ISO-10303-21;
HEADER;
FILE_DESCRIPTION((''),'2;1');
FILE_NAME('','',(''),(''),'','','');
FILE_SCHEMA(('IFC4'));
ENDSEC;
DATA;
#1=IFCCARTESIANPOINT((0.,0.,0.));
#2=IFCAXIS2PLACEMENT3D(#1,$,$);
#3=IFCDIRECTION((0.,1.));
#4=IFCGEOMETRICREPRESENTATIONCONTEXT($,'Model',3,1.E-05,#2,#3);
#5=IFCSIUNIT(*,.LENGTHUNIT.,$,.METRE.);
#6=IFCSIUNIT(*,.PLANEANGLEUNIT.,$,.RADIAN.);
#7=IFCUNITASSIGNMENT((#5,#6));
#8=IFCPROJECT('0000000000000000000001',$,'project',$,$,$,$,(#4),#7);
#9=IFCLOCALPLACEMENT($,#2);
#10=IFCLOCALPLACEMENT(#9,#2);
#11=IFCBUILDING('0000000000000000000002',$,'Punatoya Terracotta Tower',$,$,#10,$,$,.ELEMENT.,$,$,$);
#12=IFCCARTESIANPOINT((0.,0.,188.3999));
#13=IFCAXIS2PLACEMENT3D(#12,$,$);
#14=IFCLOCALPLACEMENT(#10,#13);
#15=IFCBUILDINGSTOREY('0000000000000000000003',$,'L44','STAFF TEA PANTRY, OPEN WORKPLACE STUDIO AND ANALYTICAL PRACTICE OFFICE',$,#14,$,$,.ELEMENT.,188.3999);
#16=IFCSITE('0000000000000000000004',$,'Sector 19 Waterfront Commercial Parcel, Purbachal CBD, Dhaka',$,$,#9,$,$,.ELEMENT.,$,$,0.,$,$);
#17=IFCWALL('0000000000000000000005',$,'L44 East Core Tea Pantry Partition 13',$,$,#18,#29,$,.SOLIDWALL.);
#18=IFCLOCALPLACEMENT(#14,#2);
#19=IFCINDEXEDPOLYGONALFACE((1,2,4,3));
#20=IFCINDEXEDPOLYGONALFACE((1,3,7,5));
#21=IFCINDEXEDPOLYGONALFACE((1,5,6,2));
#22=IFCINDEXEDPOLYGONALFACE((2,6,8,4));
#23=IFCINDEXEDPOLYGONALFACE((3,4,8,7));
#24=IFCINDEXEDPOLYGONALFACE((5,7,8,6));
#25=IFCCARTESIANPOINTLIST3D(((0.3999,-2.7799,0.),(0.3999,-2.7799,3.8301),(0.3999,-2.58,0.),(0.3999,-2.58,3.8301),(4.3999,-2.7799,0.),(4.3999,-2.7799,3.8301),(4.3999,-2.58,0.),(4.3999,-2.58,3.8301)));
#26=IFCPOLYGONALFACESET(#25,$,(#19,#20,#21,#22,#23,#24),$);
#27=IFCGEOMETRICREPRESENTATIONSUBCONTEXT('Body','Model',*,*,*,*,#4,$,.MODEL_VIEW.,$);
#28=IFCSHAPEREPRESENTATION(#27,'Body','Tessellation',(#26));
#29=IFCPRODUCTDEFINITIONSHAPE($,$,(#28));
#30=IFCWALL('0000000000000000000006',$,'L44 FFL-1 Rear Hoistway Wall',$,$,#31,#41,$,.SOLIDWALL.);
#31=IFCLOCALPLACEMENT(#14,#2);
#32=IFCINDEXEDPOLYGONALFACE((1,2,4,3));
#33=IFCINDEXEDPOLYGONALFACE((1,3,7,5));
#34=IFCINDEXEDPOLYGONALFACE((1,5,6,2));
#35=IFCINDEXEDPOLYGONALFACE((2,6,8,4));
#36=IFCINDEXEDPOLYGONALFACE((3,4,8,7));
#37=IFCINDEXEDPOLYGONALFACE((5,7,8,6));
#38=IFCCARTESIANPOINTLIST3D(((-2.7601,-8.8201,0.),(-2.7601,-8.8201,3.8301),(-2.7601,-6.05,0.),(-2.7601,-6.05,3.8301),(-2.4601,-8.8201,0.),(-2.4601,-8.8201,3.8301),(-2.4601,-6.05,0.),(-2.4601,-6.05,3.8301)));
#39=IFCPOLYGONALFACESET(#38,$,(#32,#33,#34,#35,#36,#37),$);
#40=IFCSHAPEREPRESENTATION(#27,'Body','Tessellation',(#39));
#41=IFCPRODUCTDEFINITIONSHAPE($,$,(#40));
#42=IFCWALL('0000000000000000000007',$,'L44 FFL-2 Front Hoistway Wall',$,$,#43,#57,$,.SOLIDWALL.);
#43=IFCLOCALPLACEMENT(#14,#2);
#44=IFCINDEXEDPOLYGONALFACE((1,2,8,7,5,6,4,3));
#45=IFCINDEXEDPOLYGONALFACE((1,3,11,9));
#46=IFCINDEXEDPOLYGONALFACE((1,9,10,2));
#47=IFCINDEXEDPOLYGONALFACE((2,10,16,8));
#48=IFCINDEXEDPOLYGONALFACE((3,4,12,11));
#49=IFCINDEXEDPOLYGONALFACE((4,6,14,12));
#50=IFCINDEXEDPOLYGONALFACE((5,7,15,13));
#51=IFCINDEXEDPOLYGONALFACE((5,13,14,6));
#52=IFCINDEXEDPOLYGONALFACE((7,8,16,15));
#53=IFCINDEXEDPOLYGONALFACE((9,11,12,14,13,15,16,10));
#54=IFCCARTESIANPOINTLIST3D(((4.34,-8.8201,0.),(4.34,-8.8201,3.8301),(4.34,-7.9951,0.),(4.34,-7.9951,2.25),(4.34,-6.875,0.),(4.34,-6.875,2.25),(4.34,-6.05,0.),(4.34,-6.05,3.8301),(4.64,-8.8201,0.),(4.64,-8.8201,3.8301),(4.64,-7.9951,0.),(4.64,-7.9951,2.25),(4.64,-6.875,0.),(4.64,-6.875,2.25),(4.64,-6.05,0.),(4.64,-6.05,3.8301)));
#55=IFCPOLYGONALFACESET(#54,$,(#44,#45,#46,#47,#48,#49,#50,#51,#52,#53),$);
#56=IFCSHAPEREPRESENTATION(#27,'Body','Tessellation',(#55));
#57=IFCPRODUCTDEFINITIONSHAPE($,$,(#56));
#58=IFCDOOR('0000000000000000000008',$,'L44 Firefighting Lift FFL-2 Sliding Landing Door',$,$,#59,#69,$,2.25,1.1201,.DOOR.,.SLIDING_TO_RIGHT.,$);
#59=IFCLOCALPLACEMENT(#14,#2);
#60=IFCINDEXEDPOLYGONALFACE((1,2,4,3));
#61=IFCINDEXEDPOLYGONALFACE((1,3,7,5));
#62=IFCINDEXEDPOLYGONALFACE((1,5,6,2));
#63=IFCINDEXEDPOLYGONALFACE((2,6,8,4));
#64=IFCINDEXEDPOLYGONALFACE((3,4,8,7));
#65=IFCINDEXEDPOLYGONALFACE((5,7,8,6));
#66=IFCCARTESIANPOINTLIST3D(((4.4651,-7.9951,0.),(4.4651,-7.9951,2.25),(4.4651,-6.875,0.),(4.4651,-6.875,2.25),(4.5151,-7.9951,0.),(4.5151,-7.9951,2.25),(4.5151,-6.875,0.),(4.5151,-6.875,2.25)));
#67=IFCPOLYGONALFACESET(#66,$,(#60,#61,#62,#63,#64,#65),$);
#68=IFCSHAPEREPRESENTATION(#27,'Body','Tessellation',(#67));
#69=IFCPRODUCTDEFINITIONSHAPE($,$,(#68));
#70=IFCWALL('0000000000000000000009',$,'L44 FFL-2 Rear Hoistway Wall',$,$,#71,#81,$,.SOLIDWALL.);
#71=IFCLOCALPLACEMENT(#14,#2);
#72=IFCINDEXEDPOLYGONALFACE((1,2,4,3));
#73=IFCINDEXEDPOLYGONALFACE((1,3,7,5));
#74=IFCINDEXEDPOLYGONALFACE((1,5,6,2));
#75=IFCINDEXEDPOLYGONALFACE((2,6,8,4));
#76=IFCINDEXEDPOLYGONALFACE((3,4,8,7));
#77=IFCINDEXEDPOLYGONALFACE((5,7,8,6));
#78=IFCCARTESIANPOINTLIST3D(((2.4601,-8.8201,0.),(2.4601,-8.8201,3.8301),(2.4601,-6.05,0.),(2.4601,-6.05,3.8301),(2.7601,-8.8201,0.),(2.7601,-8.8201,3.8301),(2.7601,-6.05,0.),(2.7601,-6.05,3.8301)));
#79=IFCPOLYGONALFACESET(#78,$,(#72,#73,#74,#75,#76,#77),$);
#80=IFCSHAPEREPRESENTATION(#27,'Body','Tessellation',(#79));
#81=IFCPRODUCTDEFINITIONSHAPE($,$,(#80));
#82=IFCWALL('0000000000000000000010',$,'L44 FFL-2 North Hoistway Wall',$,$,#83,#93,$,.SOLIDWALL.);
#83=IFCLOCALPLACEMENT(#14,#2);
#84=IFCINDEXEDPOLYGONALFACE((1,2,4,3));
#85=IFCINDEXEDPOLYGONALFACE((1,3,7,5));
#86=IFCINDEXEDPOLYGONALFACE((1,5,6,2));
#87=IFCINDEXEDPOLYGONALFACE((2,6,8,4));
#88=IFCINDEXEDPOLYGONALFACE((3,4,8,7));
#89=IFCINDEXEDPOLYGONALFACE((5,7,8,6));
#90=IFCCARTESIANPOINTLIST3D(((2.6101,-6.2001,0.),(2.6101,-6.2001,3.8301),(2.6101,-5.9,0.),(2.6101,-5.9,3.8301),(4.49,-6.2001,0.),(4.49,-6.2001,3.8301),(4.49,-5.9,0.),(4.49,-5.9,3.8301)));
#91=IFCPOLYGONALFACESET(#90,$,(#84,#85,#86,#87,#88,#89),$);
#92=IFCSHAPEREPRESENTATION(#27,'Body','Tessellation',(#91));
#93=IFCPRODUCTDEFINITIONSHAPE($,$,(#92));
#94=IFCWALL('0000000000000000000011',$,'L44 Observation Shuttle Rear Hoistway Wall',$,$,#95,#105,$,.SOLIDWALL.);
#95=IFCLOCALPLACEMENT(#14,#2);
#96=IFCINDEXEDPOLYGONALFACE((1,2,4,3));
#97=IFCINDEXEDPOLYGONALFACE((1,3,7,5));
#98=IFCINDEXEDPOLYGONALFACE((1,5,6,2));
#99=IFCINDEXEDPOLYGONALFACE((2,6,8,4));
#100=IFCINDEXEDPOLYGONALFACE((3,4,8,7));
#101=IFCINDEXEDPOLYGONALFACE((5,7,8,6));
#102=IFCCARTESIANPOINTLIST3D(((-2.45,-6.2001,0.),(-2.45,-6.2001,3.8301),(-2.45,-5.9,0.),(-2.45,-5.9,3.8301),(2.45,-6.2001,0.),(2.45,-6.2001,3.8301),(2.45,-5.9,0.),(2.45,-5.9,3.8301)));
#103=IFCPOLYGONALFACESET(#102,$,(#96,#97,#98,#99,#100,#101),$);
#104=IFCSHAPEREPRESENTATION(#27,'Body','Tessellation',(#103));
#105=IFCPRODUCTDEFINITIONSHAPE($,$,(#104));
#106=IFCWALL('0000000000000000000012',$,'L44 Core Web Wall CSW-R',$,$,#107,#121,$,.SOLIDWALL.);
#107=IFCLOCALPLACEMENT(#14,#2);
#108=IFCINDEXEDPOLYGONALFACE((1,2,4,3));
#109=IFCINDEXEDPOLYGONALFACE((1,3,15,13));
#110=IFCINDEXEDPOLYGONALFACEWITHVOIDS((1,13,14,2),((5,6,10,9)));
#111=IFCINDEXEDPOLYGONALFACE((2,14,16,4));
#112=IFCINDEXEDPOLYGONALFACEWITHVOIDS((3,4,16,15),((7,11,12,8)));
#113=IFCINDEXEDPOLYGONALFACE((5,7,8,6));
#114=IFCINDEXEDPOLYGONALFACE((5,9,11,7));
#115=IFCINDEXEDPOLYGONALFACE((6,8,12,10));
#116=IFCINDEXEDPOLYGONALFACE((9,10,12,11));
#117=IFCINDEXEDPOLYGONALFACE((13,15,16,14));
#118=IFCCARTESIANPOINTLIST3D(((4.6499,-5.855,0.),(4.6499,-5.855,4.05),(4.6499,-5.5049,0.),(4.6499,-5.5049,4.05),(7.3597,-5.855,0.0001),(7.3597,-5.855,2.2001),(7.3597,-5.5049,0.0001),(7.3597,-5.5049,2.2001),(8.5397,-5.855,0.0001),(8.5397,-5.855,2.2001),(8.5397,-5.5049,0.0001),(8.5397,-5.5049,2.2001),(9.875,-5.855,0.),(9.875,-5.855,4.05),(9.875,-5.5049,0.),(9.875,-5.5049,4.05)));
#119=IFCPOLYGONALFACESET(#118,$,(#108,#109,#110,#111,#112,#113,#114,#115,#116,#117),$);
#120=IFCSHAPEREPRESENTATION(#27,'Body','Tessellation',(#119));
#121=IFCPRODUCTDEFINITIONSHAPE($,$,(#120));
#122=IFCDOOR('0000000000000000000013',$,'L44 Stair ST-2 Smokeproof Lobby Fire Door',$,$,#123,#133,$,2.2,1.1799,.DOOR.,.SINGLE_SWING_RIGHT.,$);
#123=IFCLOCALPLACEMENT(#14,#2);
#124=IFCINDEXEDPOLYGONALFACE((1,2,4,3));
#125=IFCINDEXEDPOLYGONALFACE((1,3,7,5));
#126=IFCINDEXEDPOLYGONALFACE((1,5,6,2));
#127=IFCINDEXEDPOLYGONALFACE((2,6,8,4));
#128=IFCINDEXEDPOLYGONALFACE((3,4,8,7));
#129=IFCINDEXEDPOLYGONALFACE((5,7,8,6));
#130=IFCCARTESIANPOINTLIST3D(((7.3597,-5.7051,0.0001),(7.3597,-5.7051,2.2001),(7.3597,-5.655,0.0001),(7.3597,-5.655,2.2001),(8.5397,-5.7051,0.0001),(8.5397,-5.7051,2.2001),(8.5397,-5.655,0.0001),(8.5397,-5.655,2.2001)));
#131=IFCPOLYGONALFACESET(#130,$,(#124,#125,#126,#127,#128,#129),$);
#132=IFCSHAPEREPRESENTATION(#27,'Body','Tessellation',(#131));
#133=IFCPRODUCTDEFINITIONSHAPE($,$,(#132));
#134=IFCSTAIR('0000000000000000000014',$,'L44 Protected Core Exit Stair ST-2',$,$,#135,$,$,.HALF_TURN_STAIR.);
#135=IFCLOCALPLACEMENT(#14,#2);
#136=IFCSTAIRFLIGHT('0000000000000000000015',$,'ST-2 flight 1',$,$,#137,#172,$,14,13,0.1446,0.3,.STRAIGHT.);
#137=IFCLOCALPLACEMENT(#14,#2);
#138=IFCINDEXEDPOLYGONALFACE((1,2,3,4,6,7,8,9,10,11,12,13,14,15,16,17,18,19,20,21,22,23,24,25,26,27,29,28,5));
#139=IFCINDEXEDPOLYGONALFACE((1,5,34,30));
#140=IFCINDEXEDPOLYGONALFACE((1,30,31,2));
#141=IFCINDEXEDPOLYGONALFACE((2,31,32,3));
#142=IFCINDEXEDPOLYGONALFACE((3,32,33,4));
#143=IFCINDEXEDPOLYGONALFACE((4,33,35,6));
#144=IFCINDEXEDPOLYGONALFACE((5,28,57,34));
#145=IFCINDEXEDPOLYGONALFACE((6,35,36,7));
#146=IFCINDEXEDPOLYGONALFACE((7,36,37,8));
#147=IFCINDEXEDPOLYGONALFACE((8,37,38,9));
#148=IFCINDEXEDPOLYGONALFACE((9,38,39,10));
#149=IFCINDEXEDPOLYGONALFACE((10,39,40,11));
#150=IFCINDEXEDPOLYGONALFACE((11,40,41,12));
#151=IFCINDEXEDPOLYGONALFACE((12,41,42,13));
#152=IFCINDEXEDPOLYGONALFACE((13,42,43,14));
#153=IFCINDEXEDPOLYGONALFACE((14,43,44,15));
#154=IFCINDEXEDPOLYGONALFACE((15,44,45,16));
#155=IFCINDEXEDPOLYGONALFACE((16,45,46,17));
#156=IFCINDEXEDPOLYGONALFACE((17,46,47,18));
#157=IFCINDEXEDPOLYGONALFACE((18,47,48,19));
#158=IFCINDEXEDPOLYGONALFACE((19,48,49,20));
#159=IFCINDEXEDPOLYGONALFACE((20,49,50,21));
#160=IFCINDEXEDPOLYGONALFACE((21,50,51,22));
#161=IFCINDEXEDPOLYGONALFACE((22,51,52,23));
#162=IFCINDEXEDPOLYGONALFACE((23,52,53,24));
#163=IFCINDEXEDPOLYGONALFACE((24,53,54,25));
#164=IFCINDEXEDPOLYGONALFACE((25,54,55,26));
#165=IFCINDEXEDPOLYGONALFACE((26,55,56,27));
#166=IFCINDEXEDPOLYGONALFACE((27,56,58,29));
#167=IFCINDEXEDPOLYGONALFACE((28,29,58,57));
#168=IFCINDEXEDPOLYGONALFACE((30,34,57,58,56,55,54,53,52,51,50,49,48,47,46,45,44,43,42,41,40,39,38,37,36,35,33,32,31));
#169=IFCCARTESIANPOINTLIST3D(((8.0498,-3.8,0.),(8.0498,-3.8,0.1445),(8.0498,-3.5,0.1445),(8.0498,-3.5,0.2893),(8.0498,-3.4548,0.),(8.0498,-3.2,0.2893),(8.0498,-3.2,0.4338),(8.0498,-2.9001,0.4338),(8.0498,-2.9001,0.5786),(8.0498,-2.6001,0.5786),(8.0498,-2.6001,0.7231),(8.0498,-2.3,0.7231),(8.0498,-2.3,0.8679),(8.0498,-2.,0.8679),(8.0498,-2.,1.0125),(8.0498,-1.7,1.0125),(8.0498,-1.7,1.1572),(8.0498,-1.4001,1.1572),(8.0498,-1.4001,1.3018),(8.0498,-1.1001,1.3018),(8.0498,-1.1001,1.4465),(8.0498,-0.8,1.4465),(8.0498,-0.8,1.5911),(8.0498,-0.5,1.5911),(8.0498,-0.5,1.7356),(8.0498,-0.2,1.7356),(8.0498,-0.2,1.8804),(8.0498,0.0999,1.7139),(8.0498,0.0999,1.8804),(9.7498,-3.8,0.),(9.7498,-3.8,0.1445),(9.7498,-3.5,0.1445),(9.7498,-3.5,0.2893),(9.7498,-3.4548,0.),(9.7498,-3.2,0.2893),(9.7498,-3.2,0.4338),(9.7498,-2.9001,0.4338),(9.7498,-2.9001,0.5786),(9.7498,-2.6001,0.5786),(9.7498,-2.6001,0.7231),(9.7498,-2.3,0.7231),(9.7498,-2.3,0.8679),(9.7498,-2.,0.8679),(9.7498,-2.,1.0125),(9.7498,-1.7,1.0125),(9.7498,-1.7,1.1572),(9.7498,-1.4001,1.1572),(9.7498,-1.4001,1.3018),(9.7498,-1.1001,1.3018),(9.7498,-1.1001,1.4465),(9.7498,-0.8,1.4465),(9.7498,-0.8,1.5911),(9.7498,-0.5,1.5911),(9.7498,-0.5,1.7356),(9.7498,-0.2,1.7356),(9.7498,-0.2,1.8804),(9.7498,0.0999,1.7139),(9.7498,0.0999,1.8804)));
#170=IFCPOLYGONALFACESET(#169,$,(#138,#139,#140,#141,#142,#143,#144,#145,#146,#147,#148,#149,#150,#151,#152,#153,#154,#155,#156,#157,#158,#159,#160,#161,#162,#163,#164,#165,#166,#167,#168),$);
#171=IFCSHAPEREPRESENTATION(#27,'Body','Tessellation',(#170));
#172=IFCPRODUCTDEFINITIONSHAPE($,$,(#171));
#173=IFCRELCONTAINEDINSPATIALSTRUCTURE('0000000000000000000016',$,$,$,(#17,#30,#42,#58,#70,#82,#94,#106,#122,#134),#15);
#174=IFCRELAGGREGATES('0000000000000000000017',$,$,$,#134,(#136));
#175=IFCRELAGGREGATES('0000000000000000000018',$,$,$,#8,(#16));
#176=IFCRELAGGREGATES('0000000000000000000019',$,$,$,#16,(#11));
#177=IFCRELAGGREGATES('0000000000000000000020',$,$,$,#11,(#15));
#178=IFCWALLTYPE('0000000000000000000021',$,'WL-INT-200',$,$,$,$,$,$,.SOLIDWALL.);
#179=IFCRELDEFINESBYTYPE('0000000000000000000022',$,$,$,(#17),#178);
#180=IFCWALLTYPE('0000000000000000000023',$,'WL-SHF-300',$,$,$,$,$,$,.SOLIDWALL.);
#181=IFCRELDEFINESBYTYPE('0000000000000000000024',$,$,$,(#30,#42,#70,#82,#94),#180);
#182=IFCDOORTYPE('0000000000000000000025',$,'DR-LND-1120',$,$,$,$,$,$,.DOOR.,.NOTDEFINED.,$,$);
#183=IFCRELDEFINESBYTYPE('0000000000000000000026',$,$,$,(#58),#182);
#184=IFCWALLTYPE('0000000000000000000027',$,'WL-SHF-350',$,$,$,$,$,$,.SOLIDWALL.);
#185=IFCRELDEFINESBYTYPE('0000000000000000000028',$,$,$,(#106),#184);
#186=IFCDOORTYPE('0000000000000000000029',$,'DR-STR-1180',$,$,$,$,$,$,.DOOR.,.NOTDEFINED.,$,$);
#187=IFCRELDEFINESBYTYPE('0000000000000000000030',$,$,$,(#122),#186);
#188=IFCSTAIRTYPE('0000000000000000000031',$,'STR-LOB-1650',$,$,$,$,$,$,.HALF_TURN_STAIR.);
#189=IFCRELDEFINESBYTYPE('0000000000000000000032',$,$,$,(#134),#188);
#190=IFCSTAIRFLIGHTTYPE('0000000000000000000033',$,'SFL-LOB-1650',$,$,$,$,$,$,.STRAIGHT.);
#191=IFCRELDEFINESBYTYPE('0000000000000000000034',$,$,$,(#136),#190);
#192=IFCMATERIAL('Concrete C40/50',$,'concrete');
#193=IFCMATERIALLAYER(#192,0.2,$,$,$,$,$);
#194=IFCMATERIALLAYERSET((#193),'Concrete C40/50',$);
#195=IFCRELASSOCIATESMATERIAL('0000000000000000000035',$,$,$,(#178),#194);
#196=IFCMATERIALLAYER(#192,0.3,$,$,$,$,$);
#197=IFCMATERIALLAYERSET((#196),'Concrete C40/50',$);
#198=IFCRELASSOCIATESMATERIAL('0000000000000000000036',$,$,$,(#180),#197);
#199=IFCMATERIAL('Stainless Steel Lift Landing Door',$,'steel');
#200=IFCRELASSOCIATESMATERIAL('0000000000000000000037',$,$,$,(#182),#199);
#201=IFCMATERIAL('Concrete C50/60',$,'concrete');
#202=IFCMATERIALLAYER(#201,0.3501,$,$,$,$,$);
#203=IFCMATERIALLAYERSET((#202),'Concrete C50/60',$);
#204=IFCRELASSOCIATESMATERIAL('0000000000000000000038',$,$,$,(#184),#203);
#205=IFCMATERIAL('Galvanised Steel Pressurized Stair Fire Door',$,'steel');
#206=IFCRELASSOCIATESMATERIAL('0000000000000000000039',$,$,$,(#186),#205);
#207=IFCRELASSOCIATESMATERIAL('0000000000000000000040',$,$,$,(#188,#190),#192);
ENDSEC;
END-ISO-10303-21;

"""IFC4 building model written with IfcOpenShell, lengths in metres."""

from ifc_helpers import new_model, si_unit, direction, frame, frame_2d, origin, place, context, subcontext, project, spatial, polyline, rectangle, outline, extrude, material, layer, layer_set, type_object, element, fill, aggregate, save


model = new_model("IFC4")

# Units and contexts
model_context = context("Model", 3, precision=1e-05, world=origin(), true_north=direction((0.0, 1.0)))
body_context = subcontext(model_context, "Body", "Model", "MODEL_VIEW")
ifc_project = project(units=[si_unit("LENGTHUNIT", "METRE"), si_unit("PLANEANGLEUNIT", "RADIAN")], contexts=[model_context])

# Site, building, storey
site_placement = place(None, origin())
site = spatial("IfcSite", under=ifc_project, at=site_placement, Name="Sector 19 Waterfront Commercial Parcel, Purbachal CBD, Dhaka", CompositionType="ELEMENT", RefElevation=0.0)
building_placement = place(site_placement, origin())
building = spatial("IfcBuilding", under=site, at=building_placement, Name="Punatoya Terracotta Tower", CompositionType="ELEMENT")
storey_placement = place(building_placement, frame((0.0, 0.0, 188.3999)))
storey = spatial("IfcBuildingStorey", under=building, at=storey_placement, Name="L44", Description="STAFF TEA PANTRY, OPEN WORKPLACE STUDIO AND ANALYTICAL PRACTICE OFFICE", CompositionType="ELEMENT", Elevation=188.3999)

# Shared definitions
ifc_material_1 = material(Name="Concrete C40/50", Category="concrete")
ifc_layer_1 = layer(ifc_material_1, 0.2)
ifc_layer_set_1 = layer_set([ifc_layer_1], Name="Concrete C40/50")
wall_type_1 = type_object("IfcWallType", Name="WL-INT-200", PredefinedType="SOLIDWALL", material=ifc_layer_set_1)

# Walls
wall_1_placement = place(storey_placement, frame((0.3999, -2.6799, 0.0), z_axis=(0.0, 0.0, 1.0), x_axis=(1.0, 0.0, 0.0)))
element("IfcWall", 1, at=wall_1_placement, inside=storey, type_object=wall_type_1, Name="L44 East Core Tea Pantry Partition 13", PredefinedType="SOLIDWALL", context=body_context, shape_type="SweptSolid", body=[
    extrude(rectangle(XDim=4.0, YDim=0.2, at=frame_2d((2.0, 0.0))), origin(), (0.0, 0.0, 1.0), 3.8301),
])
ifc_layer_2 = layer(ifc_material_1, 0.3)
ifc_layer_set_2 = layer_set([ifc_layer_2], Name="Concrete C40/50")
wall_type_2 = type_object("IfcWallType", Name="WL-SHF-300", PredefinedType="SOLIDWALL", material=ifc_layer_set_2)
wall_2_placement = place(storey_placement, frame((-2.6101, -8.8201, 0.0), z_axis=(0.0, 0.0, 1.0), x_axis=(0.0, 1.0, 0.0)))
element("IfcWall", 2, at=wall_2_placement, inside=storey, type_object=wall_type_2, Name="L44 FFL-1 Rear Hoistway Wall", PredefinedType="SOLIDWALL", context=body_context, shape_type="SweptSolid", body=[
    extrude(rectangle(XDim=2.77, YDim=0.3, at=frame_2d((1.385, 0.0))), origin(), (0.0, 0.0, 1.0), 3.8301),
])

# Wall, opening, door
wall_3_placement = place(storey_placement, frame((4.49, -8.8201, 0.0), z_axis=(0.0, 0.0, 1.0), x_axis=(0.0, 1.0, 0.0)))
wall_3 = element("IfcWall", 3, at=wall_3_placement, inside=storey, type_object=wall_type_2, Name="L44 FFL-2 Front Hoistway Wall", PredefinedType="SOLIDWALL", context=body_context, shape_type="SweptSolid", body=[
    extrude(rectangle(XDim=2.77, YDim=0.3, at=frame_2d((1.385, 0.0))), origin(), (0.0, 0.0, 1.0), 3.8301),
])
opening_1_placement = place(wall_3_placement, frame((0.825, 0.0, 0.0)))
opening_1 = element("IfcOpeningElement", 4, at=opening_1_placement, cuts=wall_3, PredefinedType="OPENING", context=body_context, shape_type="SweptSolid", body=[
    extrude(rectangle(XDim=1.1201, YDim=2.25, at=frame_2d((0.5601, 1.125))), frame((0.0, 0.1599, 0.0), z_axis=(0.0, -1.0, 0.0), x_axis=(1.0, 0.0, 0.0)), (0.0, 0.0, 1.0), 0.3201),
])
ifc_material_2 = material(Name="Stainless Steel Lift Landing Door", Category="steel")
door_type_1 = type_object("IfcDoorType", Name="DR-LND-1120", OperationType="NOTDEFINED", PredefinedType="DOOR", material=ifc_material_2)
door_1_placement = place(opening_1_placement, origin())
door_1 = element("IfcDoor", 5, at=door_1_placement, inside=storey, type_object=door_type_1, Name="L44 Firefighting Lift FFL-2 Sliding Landing Door", OperationType="SLIDING_TO_RIGHT", OverallHeight=2.25, OverallWidth=1.1201, PredefinedType="DOOR", context=body_context, shape_type="SweptSolid", body=[
    extrude(rectangle(XDim=1.1201, YDim=2.25, at=frame_2d((0.5601, 1.125))), frame((0.0, 0.0249, 0.0), z_axis=(0.0, -1.0, 0.0), x_axis=(1.0, 0.0, 0.0)), (0.0, 0.0, 1.0), 0.05),
])
fill(opening_1, door_1)

# Walls
wall_4_placement = place(storey_placement, frame((2.6101, -8.8201, 0.0), z_axis=(0.0, 0.0, 1.0), x_axis=(0.0, 1.0, 0.0)))
element("IfcWall", 6, at=wall_4_placement, inside=storey, type_object=wall_type_2, Name="L44 FFL-2 Rear Hoistway Wall", PredefinedType="SOLIDWALL", context=body_context, shape_type="SweptSolid", body=[
    extrude(rectangle(XDim=2.77, YDim=0.3, at=frame_2d((1.385, 0.0))), origin(), (0.0, 0.0, 1.0), 3.8301),
])
wall_5_placement = place(storey_placement, frame((2.6101, -6.05, 0.0), z_axis=(0.0, 0.0, 1.0), x_axis=(1.0, 0.0, 0.0)))
element("IfcWall", 7, at=wall_5_placement, inside=storey, type_object=wall_type_2, Name="L44 FFL-2 North Hoistway Wall", PredefinedType="SOLIDWALL", context=body_context, shape_type="SweptSolid", body=[
    extrude(rectangle(XDim=1.8799, YDim=0.3, at=frame_2d((0.9399, 0.0))), origin(), (0.0, 0.0, 1.0), 3.8301),
])
wall_6_placement = place(storey_placement, frame((-2.45, -6.05, 0.0), z_axis=(0.0, 0.0, 1.0), x_axis=(1.0, 0.0, 0.0)))
element("IfcWall", 8, at=wall_6_placement, inside=storey, type_object=wall_type_2, Name="L44 Observation Shuttle Rear Hoistway Wall", PredefinedType="SOLIDWALL", context=body_context, shape_type="SweptSolid", body=[
    extrude(rectangle(XDim=4.8999, YDim=0.3, at=frame_2d((2.45, 0.0))), origin(), (0.0, 0.0, 1.0), 3.8301),
])

# Wall, opening, door
ifc_material_3 = material(Name="Concrete C50/60", Category="concrete")
ifc_layer_3 = layer(ifc_material_3, 0.3501)
ifc_layer_set_3 = layer_set([ifc_layer_3], Name="Concrete C50/60")
wall_type_3 = type_object("IfcWallType", Name="WL-SHF-350", PredefinedType="SOLIDWALL", material=ifc_layer_set_3)
wall_7_placement = place(storey_placement, frame((4.6499, -5.6799, 0.0), z_axis=(0.0, 0.0, 1.0), x_axis=(1.0, 0.0, 0.0)))
wall_7 = element("IfcWall", 9, at=wall_7_placement, inside=storey, type_object=wall_type_3, Name="L44 Core Web Wall CSW-R", PredefinedType="SOLIDWALL", context=body_context, shape_type="SweptSolid", body=[
    extrude(rectangle(XDim=5.2251, YDim=0.3501, at=frame_2d((2.6125, 0.0))), origin(), (0.0, 0.0, 1.0), 4.05),
])
opening_2_placement = place(wall_7_placement, frame((2.71, 0.0, 0.0)))
opening_2 = element("IfcOpeningElement", 10, at=opening_2_placement, cuts=wall_7, PredefinedType="OPENING", context=body_context, shape_type="SweptSolid", body=[
    extrude(rectangle(XDim=1.1799, YDim=2.2, at=frame_2d((0.5898, 1.1001))), frame((0.0, 0.1851, 0.0), z_axis=(0.0, -1.0, 0.0), x_axis=(1.0, 0.0, 0.0)), (0.0, 0.0, 1.0), 0.3701),
])
ifc_material_4 = material(Name="Galvanised Steel Pressurized Stair Fire Door", Category="steel")
door_type_2 = type_object("IfcDoorType", Name="DR-STR-1180", OperationType="NOTDEFINED", PredefinedType="DOOR", material=ifc_material_4)
door_2_placement = place(opening_2_placement, origin())
door_2 = element("IfcDoor", 11, at=door_2_placement, inside=storey, type_object=door_type_2, Name="L44 Stair ST-2 Smokeproof Lobby Fire Door", OperationType="SINGLE_SWING_RIGHT", OverallHeight=2.2, OverallWidth=1.1799, PredefinedType="DOOR", context=body_context, shape_type="SweptSolid", body=[
    extrude(rectangle(XDim=1.1799, YDim=2.2, at=frame_2d((0.5898, 1.1001))), frame((0.0, 0.0249, 0.0), z_axis=(0.0, -1.0, 0.0), x_axis=(1.0, 0.0, 0.0)), (0.0, 0.0, 1.0), 0.05),
])
fill(opening_2, door_2)

# Stair, stair flight
stair_type = type_object("IfcStairType", Name="STR-LOB-1650", PredefinedType="HALF_TURN_STAIR", material=ifc_material_1)
stair_placement = place(storey_placement, origin())
stair = element("IfcStair", 12, at=stair_placement, inside=storey, type_object=stair_type, Name="L44 Protected Core Exit Stair ST-2", PredefinedType="HALF_TURN_STAIR")
stair_flight_type = type_object("IfcStairFlightType", Name="SFL-LOB-1650", PredefinedType="STRAIGHT", material=ifc_material_1)
stair_flight_placement = place(storey_placement, frame((8.8999, -3.8, 0.0), z_axis=(0.0, 0.0, 1.0), x_axis=(0.0, 1.0, 0.0)))
stair_flight = element("IfcStairFlight", 13, at=stair_flight_placement, type_object=stair_flight_type, Name="ST-2 flight 1", NumberOfRisers=14, NumberOfTreads=13, PredefinedType="STRAIGHT", RiserHeight=0.1446, TreadLength=0.3, context=body_context, shape_type="SweptSolid", body=[
    extrude(outline(polyline([(0.0, 0.0), (0.0, 0.1445), (0.3, 0.1445), (0.3, 0.2893), (0.6001, 0.2893), (0.6001, 0.4338), (0.8999, 0.4338), (0.8999, 0.5786), (1.2, 0.5786), (1.2, 0.7231), (1.5, 0.7231), (1.5, 0.8679), (1.8, 0.8679), (1.8, 1.0125), (2.1001, 1.0125), (2.1001, 1.1572), (2.3999, 1.1572), (2.3999, 1.3018), (2.7, 1.3018), (2.7, 1.4465), (3.0, 1.4465), (3.0, 1.5911), (3.3, 1.5911), (3.3, 1.7356), (3.6001, 1.7356), (3.6001, 1.8804), (3.8999, 1.8804), (3.8999, 2.0249), (3.8999, 1.7139), (0.3452, 0.0), (0.0, 0.0)])), frame((0.0, 0.8501, 0.0), z_axis=(0.0, -1.0, 0.0), x_axis=(1.0, 0.0, 0.0)), (0.0, 0.0, 1.0), 1.7),
])
aggregate(stair, [stair_flight])

save(model, "model.ifc")
